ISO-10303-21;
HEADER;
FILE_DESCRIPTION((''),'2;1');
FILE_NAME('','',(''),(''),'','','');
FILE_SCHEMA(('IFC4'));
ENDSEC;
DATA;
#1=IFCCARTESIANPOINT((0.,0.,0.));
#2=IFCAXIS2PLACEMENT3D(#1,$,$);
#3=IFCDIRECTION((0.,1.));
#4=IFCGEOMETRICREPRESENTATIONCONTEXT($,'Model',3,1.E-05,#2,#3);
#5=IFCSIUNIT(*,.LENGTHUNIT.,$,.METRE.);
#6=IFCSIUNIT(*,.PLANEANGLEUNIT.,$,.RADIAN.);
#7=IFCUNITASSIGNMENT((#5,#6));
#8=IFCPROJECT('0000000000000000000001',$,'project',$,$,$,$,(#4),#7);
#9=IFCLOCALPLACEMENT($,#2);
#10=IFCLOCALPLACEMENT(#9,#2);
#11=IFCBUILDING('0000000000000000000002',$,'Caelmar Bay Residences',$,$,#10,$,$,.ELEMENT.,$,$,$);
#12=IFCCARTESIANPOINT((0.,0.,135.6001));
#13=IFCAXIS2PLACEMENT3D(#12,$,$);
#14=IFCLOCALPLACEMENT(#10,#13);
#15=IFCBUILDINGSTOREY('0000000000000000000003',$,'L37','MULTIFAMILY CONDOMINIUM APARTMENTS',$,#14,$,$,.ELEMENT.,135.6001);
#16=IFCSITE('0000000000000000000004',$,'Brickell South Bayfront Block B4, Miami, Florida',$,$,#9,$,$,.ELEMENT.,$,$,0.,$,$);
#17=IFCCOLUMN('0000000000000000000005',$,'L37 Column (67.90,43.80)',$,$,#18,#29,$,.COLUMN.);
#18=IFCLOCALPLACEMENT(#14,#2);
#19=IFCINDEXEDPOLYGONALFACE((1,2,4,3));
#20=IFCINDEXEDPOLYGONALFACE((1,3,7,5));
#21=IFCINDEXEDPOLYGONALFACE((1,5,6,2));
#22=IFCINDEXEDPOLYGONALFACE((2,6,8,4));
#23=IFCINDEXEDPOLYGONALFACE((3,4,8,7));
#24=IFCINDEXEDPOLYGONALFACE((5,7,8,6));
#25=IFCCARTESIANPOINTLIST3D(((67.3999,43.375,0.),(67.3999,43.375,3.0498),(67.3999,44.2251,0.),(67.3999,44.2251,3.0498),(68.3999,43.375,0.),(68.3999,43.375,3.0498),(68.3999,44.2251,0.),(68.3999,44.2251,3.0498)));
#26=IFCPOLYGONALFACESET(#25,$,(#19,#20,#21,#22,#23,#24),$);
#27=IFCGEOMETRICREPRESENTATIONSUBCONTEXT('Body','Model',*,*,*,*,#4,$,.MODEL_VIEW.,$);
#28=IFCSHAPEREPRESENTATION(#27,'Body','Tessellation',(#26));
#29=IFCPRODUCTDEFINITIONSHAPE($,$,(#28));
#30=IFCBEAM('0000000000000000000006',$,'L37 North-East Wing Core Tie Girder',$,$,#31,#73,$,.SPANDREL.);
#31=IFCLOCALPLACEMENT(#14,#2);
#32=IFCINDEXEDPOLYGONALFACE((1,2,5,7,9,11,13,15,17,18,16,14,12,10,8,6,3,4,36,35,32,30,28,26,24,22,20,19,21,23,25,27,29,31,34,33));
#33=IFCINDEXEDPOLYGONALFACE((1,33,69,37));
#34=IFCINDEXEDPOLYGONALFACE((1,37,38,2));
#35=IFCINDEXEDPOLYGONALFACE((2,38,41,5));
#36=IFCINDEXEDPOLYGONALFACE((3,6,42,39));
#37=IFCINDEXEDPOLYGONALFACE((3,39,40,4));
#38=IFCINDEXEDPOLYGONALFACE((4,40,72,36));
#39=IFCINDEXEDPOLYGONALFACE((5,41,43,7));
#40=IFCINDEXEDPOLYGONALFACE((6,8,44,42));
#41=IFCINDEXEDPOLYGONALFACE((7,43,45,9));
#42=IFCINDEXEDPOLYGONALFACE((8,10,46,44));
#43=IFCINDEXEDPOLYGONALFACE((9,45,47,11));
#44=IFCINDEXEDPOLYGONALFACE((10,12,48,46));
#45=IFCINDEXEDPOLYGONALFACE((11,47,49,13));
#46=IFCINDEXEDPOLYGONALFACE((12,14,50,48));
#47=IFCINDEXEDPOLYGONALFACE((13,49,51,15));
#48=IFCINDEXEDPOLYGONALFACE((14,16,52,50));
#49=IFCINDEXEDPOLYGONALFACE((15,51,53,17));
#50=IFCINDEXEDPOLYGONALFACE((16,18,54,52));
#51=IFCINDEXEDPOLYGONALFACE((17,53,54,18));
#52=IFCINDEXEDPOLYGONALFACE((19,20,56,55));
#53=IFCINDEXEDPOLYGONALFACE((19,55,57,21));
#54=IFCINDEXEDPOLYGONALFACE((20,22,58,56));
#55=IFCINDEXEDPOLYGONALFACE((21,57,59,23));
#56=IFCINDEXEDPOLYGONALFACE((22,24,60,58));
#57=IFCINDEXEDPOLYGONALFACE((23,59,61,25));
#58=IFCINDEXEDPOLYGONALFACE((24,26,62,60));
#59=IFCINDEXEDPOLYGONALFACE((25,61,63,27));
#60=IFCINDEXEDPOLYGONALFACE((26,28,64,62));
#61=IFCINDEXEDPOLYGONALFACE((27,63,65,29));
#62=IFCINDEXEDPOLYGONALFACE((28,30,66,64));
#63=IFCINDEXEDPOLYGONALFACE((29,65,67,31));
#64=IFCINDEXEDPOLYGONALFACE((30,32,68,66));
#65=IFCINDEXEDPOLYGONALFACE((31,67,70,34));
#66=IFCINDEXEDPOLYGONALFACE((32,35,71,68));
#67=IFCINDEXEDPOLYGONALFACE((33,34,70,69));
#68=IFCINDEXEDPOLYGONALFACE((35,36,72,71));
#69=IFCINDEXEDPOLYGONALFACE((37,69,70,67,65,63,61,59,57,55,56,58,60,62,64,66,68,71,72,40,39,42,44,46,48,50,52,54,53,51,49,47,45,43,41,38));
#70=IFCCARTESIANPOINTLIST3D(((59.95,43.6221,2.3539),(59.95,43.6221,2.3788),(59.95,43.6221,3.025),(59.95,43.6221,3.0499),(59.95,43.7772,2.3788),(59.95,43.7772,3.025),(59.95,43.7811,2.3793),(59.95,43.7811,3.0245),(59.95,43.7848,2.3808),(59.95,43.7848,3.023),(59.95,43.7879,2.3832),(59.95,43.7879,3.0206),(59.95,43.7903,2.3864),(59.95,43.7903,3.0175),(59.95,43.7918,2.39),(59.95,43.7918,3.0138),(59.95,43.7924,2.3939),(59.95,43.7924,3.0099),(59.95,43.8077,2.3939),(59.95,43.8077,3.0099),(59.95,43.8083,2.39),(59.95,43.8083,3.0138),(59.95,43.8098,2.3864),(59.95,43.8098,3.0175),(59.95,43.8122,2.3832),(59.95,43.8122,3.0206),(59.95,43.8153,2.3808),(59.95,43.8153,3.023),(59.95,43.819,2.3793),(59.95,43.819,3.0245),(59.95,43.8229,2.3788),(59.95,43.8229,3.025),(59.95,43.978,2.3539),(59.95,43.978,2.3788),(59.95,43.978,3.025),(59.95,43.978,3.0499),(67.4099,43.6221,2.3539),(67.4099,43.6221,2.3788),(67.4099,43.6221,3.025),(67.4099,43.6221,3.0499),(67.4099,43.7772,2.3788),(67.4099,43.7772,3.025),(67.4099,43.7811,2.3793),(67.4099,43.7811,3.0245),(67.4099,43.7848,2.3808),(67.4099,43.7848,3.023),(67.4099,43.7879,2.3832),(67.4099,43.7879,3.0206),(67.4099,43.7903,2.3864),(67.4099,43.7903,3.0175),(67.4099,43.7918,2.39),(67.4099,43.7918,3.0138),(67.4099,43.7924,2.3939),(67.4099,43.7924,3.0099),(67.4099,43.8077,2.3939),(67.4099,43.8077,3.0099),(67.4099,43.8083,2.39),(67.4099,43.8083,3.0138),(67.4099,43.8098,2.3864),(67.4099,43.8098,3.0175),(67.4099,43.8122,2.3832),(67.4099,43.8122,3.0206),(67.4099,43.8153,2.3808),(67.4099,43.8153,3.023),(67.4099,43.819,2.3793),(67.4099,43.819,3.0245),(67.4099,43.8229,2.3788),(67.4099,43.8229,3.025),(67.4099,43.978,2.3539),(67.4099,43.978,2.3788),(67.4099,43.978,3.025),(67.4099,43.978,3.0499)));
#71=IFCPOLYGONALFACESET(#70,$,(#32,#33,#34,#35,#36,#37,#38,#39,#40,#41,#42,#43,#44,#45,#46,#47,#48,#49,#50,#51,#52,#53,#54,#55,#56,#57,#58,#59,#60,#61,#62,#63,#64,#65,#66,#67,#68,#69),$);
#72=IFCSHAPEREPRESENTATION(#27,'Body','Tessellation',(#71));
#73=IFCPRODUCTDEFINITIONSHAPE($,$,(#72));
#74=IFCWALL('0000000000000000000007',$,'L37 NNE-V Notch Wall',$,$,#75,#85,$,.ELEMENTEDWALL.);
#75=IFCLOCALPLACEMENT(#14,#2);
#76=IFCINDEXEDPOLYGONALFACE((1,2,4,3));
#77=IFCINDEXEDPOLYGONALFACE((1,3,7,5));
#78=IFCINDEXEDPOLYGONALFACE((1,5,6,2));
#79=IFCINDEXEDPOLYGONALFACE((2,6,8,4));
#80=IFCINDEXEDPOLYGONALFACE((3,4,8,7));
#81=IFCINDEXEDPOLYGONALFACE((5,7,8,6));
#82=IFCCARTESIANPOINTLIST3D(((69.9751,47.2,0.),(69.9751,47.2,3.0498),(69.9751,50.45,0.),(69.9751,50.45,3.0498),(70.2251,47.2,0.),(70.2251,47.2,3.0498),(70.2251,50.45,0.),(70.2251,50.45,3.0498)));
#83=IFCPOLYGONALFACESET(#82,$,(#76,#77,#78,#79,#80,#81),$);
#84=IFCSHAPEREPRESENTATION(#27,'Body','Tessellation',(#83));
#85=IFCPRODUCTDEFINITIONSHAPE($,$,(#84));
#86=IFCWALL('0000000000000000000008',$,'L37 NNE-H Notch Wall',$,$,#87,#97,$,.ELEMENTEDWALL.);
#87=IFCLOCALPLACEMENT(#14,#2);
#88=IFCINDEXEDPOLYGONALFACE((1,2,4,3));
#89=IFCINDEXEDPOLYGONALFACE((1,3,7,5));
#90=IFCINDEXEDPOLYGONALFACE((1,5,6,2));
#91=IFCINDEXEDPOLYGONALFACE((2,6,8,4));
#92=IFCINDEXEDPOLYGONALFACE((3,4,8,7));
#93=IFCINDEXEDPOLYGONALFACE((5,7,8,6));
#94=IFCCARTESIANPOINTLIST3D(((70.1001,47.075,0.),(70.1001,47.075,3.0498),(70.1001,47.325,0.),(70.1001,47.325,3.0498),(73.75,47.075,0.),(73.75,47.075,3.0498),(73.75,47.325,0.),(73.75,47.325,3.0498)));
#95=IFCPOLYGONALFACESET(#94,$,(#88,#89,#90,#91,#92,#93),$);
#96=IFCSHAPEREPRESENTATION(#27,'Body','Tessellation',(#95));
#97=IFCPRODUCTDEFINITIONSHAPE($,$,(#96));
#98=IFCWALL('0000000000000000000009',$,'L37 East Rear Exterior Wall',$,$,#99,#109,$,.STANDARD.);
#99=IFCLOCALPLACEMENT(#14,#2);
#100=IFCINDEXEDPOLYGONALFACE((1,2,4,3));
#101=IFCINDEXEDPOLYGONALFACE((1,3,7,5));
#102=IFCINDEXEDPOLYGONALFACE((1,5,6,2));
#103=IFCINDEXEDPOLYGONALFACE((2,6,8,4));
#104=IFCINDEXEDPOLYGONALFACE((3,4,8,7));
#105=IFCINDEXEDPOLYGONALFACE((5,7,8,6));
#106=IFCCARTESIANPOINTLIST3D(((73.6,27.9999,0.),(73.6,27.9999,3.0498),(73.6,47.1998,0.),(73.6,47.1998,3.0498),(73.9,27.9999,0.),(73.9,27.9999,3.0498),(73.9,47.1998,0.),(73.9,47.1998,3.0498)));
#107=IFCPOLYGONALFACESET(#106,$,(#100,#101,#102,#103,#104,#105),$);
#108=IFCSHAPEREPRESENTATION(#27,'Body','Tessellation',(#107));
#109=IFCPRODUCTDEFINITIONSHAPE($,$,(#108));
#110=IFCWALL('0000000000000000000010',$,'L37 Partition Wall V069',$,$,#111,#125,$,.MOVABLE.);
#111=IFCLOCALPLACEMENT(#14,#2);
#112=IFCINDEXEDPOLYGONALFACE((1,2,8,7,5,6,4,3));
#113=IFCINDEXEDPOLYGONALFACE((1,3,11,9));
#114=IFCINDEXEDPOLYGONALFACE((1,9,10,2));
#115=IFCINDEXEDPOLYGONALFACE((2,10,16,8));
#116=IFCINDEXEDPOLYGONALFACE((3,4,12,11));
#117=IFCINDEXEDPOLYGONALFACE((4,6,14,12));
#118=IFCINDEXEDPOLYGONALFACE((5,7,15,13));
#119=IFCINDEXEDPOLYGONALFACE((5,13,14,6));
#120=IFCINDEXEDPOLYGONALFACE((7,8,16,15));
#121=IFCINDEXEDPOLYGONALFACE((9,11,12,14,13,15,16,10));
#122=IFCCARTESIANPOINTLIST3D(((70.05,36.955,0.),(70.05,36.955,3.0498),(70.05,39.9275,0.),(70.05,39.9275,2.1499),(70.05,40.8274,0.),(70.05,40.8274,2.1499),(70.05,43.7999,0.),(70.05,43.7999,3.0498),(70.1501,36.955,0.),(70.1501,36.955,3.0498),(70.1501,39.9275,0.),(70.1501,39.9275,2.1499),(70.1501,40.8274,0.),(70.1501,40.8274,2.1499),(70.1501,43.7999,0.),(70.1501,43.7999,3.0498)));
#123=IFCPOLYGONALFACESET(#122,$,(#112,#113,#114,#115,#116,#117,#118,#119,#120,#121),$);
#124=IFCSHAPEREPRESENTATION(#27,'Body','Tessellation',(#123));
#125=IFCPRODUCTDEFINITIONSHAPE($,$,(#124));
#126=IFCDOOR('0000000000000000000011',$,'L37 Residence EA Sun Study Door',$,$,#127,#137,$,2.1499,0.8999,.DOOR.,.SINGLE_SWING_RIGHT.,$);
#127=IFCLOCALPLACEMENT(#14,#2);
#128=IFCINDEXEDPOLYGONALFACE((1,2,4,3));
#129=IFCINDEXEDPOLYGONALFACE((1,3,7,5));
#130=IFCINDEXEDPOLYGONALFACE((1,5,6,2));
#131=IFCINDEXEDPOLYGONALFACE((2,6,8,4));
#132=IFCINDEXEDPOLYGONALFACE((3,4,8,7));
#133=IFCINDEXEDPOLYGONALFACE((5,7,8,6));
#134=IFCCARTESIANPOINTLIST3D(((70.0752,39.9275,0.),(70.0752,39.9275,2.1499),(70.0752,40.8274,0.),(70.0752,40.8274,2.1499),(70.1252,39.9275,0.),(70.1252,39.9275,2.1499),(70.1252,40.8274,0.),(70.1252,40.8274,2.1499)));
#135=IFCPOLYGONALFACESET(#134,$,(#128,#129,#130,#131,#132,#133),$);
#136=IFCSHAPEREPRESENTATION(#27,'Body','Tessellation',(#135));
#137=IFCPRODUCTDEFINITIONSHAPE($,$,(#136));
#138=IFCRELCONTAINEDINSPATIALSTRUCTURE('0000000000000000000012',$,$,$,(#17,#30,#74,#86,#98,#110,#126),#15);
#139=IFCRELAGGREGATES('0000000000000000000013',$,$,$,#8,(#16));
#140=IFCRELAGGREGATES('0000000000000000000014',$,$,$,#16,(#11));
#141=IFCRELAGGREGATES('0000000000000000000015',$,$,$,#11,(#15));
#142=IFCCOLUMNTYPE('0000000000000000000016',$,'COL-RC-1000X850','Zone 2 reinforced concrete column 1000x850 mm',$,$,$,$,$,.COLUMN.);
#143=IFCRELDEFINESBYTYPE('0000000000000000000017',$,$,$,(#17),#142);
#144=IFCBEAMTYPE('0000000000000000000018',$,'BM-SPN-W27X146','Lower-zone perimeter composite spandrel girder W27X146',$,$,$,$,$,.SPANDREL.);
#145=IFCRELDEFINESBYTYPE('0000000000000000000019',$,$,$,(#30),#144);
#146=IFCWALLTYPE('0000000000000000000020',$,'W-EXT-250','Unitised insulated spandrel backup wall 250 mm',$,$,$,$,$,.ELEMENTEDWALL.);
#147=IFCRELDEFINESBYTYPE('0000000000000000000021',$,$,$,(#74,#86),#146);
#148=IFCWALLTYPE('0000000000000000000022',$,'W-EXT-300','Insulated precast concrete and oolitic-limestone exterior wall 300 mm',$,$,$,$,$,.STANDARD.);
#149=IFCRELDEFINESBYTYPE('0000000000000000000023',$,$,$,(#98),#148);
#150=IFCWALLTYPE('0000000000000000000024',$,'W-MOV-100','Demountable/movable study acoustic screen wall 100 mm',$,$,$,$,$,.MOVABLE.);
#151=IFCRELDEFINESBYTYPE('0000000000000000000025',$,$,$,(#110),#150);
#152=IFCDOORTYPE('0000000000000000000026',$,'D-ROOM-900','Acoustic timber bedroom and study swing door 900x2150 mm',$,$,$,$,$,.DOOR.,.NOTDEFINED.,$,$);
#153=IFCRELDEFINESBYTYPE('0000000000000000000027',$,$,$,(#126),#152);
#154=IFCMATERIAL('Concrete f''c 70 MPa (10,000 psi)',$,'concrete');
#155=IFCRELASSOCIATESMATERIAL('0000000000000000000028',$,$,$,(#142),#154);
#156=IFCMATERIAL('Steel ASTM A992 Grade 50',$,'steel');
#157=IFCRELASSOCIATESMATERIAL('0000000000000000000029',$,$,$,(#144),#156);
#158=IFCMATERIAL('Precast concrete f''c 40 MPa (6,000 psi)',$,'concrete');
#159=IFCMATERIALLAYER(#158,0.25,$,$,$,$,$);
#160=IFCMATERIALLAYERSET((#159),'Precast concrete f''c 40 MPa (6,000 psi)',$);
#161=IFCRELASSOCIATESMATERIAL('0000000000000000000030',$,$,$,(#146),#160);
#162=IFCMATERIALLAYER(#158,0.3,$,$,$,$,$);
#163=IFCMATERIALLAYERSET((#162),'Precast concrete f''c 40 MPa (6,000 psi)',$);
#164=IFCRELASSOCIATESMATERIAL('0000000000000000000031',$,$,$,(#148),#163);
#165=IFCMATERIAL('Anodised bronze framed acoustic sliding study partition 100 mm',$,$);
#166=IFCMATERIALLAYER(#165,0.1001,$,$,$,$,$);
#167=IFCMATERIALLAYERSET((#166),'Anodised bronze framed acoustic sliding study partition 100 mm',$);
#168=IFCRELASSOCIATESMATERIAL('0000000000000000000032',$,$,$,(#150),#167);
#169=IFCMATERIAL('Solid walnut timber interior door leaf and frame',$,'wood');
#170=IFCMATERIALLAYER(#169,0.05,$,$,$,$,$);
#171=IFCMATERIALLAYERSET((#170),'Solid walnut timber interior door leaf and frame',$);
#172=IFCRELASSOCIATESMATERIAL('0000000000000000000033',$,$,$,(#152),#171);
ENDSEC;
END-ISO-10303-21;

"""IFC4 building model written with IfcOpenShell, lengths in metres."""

from ifc_helpers import new_model, si_unit, direction, frame, frame_2d, origin, origin_2d, place, context, subcontext, project, spatial, rectangle, i_section, extrude, material, layer, layer_set, material_profile, profile_set, type_object, element, fill, save


model = new_model("IFC4")

# Units and contexts
model_context = context("Model", 3, precision=1e-05, world=origin(), true_north=direction((0.0, 1.0)))
body_context = subcontext(model_context, "Body", "Model", "MODEL_VIEW")
ifc_project = project(units=[si_unit("LENGTHUNIT", "METRE"), si_unit("PLANEANGLEUNIT", "RADIAN")], contexts=[model_context])

# Site, building, storey
site_placement = place(None, origin())
site = spatial("IfcSite", under=ifc_project, at=site_placement, Name="Brickell South Bayfront Block B4, Miami, Florida", CompositionType="ELEMENT", RefElevation=0.0)
building_placement = place(site_placement, origin())
building = spatial("IfcBuilding", under=site, at=building_placement, Name="Caelmar Bay Residences", CompositionType="ELEMENT")
storey_placement = place(building_placement, frame((0.0, 0.0, 135.6001)))
storey = spatial("IfcBuildingStorey", under=building, at=storey_placement, Name="L37", Description="MULTIFAMILY CONDOMINIUM APARTMENTS", CompositionType="ELEMENT", Elevation=135.6001)

# Column
ifc_material_1 = material(Name="Concrete f'c 70 MPa (10,000 psi)", Category="concrete")
ifc_material_profile_1 = material_profile(ifc_material_1, rectangle(XDim=1.0, YDim=0.8501, at=origin_2d()), Name="RC-COL-1000X850")
ifc_profile_set_1 = profile_set([ifc_material_profile_1], Name="Concrete f'c 70 MPa (10,000 psi)")
column_type = type_object("IfcColumnType", Name="COL-RC-1000X850", Description="Zone 2 reinforced concrete column 1000x850 mm", PredefinedType="COLUMN", material=ifc_profile_set_1)
column_placement = place(storey_placement, frame((67.8999, 43.8, 0.0), z_axis=(0.0, 0.0, 1.0), x_axis=(1.0, 0.0, 0.0)))
element("IfcColumn", 1, at=column_placement, inside=storey, type_object=column_type, Name="L37 Column (67.90,43.80)", PredefinedType="COLUMN", context=body_context, shape_type="SweptSolid", body=[
    extrude(rectangle(XDim=1.0, YDim=0.8501, at=origin_2d()), origin(), (0.0, 0.0, 1.0), 3.0498),
])

# Beam
ifc_material_2 = material(Name="Steel ASTM A992 Grade 50", Category="steel")
ifc_material_profile_2 = material_profile(ifc_material_2, i_section(OverallWidth=0.356, OverallDepth=0.696, WebThickness=0.0154, FlangeThickness=0.0249, FilletRadius=0.0151, at=origin_2d()), Name="W27X146")
ifc_profile_set_2 = profile_set([ifc_material_profile_2], Name="Steel ASTM A992 Grade 50")
beam_type = type_object("IfcBeamType", Name="BM-SPN-W27X146", Description="Lower-zone perimeter composite spandrel girder W27X146", PredefinedType="SPANDREL", material=ifc_profile_set_2)
beam_placement = place(storey_placement, frame((59.95, 43.8, 2.7019), z_axis=(1.0, 0.0, 0.0), x_axis=(0.0, 1.0, 0.0)))
element("IfcBeam", 2, at=beam_placement, inside=storey, type_object=beam_type, Name="L37 North-East Wing Core Tie Girder", PredefinedType="SPANDREL", context=body_context, shape_type="SweptSolid", body=[
    extrude(i_section(OverallWidth=0.356, OverallDepth=0.696, WebThickness=0.0154, FlangeThickness=0.0249, FilletRadius=0.0151, at=origin_2d()), origin(), (0.0, 0.0, 1.0), 7.46),
])

# Walls
ifc_material_3 = material(Name="Precast concrete f'c 40 MPa (6,000 psi)", Category="concrete")
ifc_layer_1 = layer(ifc_material_3, 0.25)
ifc_layer_set_1 = layer_set([ifc_layer_1], Name="Precast concrete f'c 40 MPa (6,000 psi)")
wall_type_1 = type_object("IfcWallType", Name="W-EXT-250", Description="Unitised insulated spandrel backup wall 250 mm", PredefinedType="ELEMENTEDWALL", material=ifc_layer_set_1)
wall_1_placement = place(storey_placement, frame((70.1001, 50.45, 0.0), z_axis=(0.0, 0.0, 1.0), x_axis=(0.0, -1.0, 0.0)))
element("IfcWall", 3, at=wall_1_placement, inside=storey, type_object=wall_type_1, Name="L37 NNE-V Notch Wall", PredefinedType="ELEMENTEDWALL", context=body_context, shape_type="SweptSolid", body=[
    extrude(rectangle(XDim=3.25, YDim=0.25, at=frame_2d((1.625, 0.0))), origin(), (0.0, 0.0, 1.0), 3.0498),
])
wall_2_placement = place(storey_placement, frame((70.1001, 47.2, 0.0), z_axis=(0.0, 0.0, 1.0), x_axis=(1.0, 0.0, 0.0)))
element("IfcWall", 4, at=wall_2_placement, inside=storey, type_object=wall_type_1, Name="L37 NNE-H Notch Wall", PredefinedType="ELEMENTEDWALL", context=body_context, shape_type="SweptSolid", body=[
    extrude(rectangle(XDim=3.6499, YDim=0.25, at=frame_2d((1.825, 0.0))), origin(), (0.0, 0.0, 1.0), 3.0498),
])
ifc_layer_2 = layer(ifc_material_3, 0.3)
ifc_layer_set_2 = layer_set([ifc_layer_2], Name="Precast concrete f'c 40 MPa (6,000 psi)")
wall_type_2 = type_object("IfcWallType", Name="W-EXT-300", Description="Insulated precast concrete and oolitic-limestone exterior wall 300 mm", PredefinedType="STANDARD", material=ifc_layer_set_2)
wall_3_placement = place(storey_placement, frame((73.75, 47.2, 0.0), z_axis=(0.0, 0.0, 1.0), x_axis=(0.0, -1.0, 0.0)))
element("IfcWall", 5, at=wall_3_placement, inside=storey, type_object=wall_type_2, Name="L37 East Rear Exterior Wall", PredefinedType="STANDARD", context=body_context, shape_type="SweptSolid", body=[
    extrude(rectangle(XDim=19.2, YDim=0.3, at=frame_2d((9.6001, 0.0))), origin(), (0.0, 0.0, 1.0), 3.0498),
])

# Wall, opening, door
ifc_material_4 = material(Name="Anodised bronze framed acoustic sliding study partition 100 mm")
ifc_layer_3 = layer(ifc_material_4, 0.1001)
ifc_layer_set_3 = layer_set([ifc_layer_3], Name="Anodised bronze framed acoustic sliding study partition 100 mm")
wall_type_3 = type_object("IfcWallType", Name="W-MOV-100", Description="Demountable/movable study acoustic screen wall 100 mm", PredefinedType="MOVABLE", material=ifc_layer_set_3)
wall_4_placement = place(storey_placement, frame((70.1001, 36.9551, 0.0), z_axis=(0.0, 0.0, 1.0), x_axis=(0.0, 1.0, 0.0)))
wall_4 = element("IfcWall", 6, at=wall_4_placement, inside=storey, type_object=wall_type_3, Name="L37 Partition Wall V069", PredefinedType="MOVABLE", context=body_context, shape_type="SweptSolid", body=[
    extrude(rectangle(XDim=6.845, YDim=0.1001, at=frame_2d((3.4224, 0.0))), origin(), (0.0, 0.0, 1.0), 3.0498),
])
opening_1_placement = place(wall_4_placement, frame((2.9724, 0.0, 0.0)))
opening_1 = element("IfcOpeningElement", 7, at=opening_1_placement, cuts=wall_4, PredefinedType="OPENING", context=body_context, shape_type="SweptSolid", body=[
    extrude(rectangle(XDim=0.8999, YDim=2.1499, at=frame_2d((0.45, 1.075))), frame((0.0, 0.0601, 0.0), z_axis=(0.0, -1.0, 0.0), x_axis=(1.0, 0.0, 0.0)), (0.0, 0.0, 1.0), 0.1201),
])
ifc_material_5 = material(Name="Solid walnut timber interior door leaf and frame", Category="wood")
ifc_layer_4 = layer(ifc_material_5, 0.05)
ifc_layer_set_4 = layer_set([ifc_layer_4], Name="Solid walnut timber interior door leaf and frame")
door_type_1 = type_object("IfcDoorType", Name="D-ROOM-900", Description="Acoustic timber bedroom and study swing door 900x2150 mm", OperationType="NOTDEFINED", PredefinedType="DOOR", material=ifc_layer_set_4)
door_1_placement = place(opening_1_placement, origin())
door_1 = element("IfcDoor", 8, at=door_1_placement, inside=storey, type_object=door_type_1, Name="L37 Residence EA Sun Study Door", OperationType="SINGLE_SWING_RIGHT", OverallHeight=2.1499, OverallWidth=0.8999, PredefinedType="DOOR", context=body_context, shape_type="SweptSolid", body=[
    extrude(rectangle(XDim=0.8999, YDim=2.1499, at=frame_2d((0.45, 1.075))), frame((0.0, 0.0249, 0.0), z_axis=(0.0, -1.0, 0.0), x_axis=(1.0, 0.0, 0.0)), (0.0, 0.0, 1.0), 0.05),
])
fill(opening_1, door_1)

save(model, "model.ifc")
